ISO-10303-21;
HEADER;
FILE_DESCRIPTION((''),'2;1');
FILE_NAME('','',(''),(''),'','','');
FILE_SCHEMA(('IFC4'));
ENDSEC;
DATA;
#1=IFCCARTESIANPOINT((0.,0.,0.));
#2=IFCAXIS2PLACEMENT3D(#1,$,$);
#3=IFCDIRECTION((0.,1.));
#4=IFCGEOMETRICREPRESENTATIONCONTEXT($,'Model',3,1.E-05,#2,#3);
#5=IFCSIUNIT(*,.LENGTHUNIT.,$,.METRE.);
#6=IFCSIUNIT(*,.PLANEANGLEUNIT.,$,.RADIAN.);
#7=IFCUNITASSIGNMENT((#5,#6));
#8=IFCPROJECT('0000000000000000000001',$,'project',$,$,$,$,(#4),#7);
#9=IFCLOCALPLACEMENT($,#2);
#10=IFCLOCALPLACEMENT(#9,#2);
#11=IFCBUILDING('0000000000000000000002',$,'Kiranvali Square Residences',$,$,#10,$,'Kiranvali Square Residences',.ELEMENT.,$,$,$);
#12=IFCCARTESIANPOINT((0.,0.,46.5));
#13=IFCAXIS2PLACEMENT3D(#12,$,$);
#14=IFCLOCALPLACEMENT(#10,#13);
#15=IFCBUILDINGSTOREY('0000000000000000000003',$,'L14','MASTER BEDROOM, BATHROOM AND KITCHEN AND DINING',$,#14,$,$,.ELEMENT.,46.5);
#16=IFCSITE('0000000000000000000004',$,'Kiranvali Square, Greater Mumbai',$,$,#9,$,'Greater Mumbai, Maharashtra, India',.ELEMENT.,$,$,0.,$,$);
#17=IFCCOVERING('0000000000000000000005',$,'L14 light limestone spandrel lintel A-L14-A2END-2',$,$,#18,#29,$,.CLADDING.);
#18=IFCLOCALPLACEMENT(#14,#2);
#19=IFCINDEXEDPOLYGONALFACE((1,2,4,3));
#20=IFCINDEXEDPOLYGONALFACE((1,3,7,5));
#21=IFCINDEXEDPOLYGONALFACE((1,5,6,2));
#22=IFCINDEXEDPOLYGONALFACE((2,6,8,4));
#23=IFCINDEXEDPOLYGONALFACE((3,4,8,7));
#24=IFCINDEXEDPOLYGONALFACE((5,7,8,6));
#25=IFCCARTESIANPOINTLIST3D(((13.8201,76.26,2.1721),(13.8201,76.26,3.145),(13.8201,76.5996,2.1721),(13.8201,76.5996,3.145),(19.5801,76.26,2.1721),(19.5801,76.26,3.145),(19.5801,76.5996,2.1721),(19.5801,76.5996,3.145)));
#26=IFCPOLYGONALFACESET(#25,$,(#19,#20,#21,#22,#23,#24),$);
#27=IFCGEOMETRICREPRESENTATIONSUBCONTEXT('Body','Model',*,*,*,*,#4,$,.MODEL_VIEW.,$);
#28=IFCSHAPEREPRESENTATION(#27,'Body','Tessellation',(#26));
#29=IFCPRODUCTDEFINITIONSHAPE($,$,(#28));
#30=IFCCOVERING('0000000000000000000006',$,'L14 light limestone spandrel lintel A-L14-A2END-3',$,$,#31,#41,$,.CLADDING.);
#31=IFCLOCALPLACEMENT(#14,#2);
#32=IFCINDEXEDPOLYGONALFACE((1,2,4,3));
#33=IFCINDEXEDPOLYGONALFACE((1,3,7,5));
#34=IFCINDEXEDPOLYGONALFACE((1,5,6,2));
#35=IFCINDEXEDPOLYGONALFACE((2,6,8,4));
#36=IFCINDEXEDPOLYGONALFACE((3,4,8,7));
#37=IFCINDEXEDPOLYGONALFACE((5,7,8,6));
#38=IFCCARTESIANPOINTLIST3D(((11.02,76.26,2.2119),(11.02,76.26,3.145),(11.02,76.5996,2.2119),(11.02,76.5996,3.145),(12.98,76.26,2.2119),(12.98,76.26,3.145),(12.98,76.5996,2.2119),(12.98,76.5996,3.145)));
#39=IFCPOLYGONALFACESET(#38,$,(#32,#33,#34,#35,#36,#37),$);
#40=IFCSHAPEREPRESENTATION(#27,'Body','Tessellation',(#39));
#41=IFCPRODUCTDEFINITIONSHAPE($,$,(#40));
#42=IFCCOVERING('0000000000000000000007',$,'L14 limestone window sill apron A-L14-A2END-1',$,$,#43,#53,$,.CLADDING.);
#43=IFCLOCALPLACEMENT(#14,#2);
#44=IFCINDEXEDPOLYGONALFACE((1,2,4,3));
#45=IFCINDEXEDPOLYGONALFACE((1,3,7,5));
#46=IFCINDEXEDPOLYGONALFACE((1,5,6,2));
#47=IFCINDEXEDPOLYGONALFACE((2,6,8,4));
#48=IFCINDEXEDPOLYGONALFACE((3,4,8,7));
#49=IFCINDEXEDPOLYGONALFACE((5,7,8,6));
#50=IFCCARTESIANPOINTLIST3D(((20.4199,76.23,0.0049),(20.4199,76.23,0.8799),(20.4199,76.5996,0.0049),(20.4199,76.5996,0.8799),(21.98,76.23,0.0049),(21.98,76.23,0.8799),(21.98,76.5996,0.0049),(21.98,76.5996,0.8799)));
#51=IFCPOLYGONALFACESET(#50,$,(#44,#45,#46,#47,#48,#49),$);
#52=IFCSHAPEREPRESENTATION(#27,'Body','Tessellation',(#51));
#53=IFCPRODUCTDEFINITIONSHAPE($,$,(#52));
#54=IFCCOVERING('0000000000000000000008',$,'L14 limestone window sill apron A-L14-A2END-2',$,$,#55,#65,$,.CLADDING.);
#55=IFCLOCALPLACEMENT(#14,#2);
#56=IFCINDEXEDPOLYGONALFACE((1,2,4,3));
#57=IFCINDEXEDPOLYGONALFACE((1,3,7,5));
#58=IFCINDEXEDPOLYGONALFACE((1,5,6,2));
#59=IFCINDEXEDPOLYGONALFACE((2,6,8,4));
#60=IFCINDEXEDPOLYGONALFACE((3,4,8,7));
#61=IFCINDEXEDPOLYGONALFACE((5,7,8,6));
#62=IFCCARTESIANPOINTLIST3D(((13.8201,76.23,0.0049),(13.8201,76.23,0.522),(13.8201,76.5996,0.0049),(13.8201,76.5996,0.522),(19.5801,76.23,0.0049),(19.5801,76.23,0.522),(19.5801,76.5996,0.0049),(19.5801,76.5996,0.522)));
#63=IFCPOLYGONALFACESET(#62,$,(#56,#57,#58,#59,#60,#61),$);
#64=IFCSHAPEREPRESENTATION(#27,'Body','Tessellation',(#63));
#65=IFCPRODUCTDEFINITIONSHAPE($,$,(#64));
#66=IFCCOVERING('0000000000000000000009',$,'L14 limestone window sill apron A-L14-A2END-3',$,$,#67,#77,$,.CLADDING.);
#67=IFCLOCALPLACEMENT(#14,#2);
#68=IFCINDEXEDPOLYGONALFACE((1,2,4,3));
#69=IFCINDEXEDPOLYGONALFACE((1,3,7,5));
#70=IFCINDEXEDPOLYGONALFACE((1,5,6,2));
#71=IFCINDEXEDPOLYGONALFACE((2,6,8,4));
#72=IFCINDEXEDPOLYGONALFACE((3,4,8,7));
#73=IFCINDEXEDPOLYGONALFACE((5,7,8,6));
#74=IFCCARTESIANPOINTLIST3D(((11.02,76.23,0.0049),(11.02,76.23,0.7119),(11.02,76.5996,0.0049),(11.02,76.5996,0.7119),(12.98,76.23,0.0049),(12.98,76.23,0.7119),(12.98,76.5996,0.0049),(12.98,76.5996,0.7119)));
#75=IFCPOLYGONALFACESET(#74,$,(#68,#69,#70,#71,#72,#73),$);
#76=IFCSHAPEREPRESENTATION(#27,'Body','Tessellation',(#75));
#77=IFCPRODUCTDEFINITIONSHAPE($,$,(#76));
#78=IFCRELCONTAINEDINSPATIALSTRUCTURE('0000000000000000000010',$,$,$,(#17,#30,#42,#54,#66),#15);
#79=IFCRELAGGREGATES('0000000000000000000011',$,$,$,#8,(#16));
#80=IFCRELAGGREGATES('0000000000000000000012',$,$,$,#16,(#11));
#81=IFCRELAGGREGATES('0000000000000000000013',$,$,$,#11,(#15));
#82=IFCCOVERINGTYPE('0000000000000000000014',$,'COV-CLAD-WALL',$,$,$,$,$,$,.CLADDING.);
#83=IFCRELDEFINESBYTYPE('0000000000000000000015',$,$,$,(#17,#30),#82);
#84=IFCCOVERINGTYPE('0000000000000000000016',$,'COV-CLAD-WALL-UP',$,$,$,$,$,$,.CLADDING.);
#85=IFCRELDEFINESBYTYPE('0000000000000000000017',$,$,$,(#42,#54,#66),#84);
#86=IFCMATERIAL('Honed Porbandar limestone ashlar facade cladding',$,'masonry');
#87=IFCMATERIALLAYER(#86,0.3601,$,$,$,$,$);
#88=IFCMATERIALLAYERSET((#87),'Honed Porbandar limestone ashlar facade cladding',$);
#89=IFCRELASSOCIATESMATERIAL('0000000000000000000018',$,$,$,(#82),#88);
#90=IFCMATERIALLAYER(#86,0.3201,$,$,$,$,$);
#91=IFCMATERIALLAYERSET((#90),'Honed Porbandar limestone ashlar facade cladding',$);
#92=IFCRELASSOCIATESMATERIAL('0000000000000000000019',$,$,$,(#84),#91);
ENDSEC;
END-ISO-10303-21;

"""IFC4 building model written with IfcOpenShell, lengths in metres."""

from ifc_helpers import new_model, si_unit, direction, frame, origin, place, context, subcontext, project, spatial, polyline, outline, extrude, material, layer, layer_set, type_object, element, save


model = new_model("IFC4")

# Units and contexts
model_context = context("Model", 3, precision=1e-05, world=origin(), true_north=direction((0.0, 1.0)))
body_context = subcontext(model_context, "Body", "Model", "MODEL_VIEW")
ifc_project = project(units=[si_unit("LENGTHUNIT", "METRE"), si_unit("PLANEANGLEUNIT", "RADIAN")], contexts=[model_context])

# Site, building, storey
site_placement = place(None, origin())
site = spatial("IfcSite", under=ifc_project, at=site_placement, Name="Kiranvali Square, Greater Mumbai", LongName="Greater Mumbai, Maharashtra, India", CompositionType="ELEMENT", RefElevation=0.0)
building_placement = place(site_placement, origin())
building = spatial("IfcBuilding", under=site, at=building_placement, Name="Kiranvali Square Residences", LongName="Kiranvali Square Residences", CompositionType="ELEMENT")
storey_placement = place(building_placement, frame((0.0, 0.0, 46.5)))
storey = spatial("IfcBuildingStorey", under=building, at=storey_placement, Name="L14", Description="MASTER BEDROOM, BATHROOM AND KITCHEN AND DINING", CompositionType="ELEMENT", Elevation=46.5)

# Coverings
ifc_material_1 = material(Name="Honed Porbandar limestone ashlar facade cladding", Category="masonry")
ifc_layer_1 = layer(ifc_material_1, 0.3601)
ifc_layer_set_1 = layer_set([ifc_layer_1], Name="Honed Porbandar limestone ashlar facade cladding")
covering_type_1 = type_object("IfcCoveringType", Name="COV-CLAD-WALL", PredefinedType="CLADDING", material=ifc_layer_set_1)
covering_1_placement = place(storey_placement, frame((0.0, 0.0, 2.1721)))
element("IfcCovering", 1, at=covering_1_placement, inside=storey, type_object=covering_type_1, Name="L14 light limestone spandrel lintel A-L14-A2END-2", PredefinedType="CLADDING", context=body_context, shape_type="SweptSolid", body=[
    extrude(outline(polyline([(19.5801, 76.5996), (13.8201, 76.5996), (13.8201, 76.26), (19.5801, 76.26), (19.5801, 76.5996)])), origin(), (0.0, 0.0, 1.0), 0.9729),
])
covering_2_placement = place(storey_placement, frame((0.0, 0.0, 2.2119)))
element("IfcCovering", 2, at=covering_2_placement, inside=storey, type_object=covering_type_1, Name="L14 light limestone spandrel lintel A-L14-A2END-3", PredefinedType="CLADDING", context=body_context, shape_type="SweptSolid", body=[
    extrude(outline(polyline([(12.98, 76.5996), (11.02, 76.5996), (11.02, 76.26), (12.98, 76.26), (12.98, 76.5996)])), origin(), (0.0, 0.0, 1.0), 0.9331),
])
ifc_layer_2 = layer(ifc_material_1, 0.3201)
ifc_layer_set_2 = layer_set([ifc_layer_2], Name="Honed Porbandar limestone ashlar facade cladding")
covering_type_2 = type_object("IfcCoveringType", Name="COV-CLAD-WALL-UP", PredefinedType="CLADDING", material=ifc_layer_set_2)
covering_3_placement = place(storey_placement, frame((0.0, 0.0, 0.0049)))
element("IfcCovering", 3, at=covering_3_placement, inside=storey, type_object=covering_type_2, Name="L14 limestone window sill apron A-L14-A2END-1", PredefinedType="CLADDING", context=body_context, shape_type="SweptSolid", body=[
    extrude(outline(polyline([(21.98, 76.5996), (20.4199, 76.5996), (20.4199, 76.23), (21.98, 76.23), (21.98, 76.5996)])), origin(), (0.0, 0.0, 1.0), 0.875),
])
covering_4_placement = place(storey_placement, frame((0.0, 0.0, 0.0049)))
element("IfcCovering", 4, at=covering_4_placement, inside=storey, type_object=covering_type_2, Name="L14 limestone window sill apron A-L14-A2END-2", PredefinedType="CLADDING", context=body_context, shape_type="SweptSolid", body=[
    extrude(outline(polyline([(19.5801, 76.5996), (13.8201, 76.5996), (13.8201, 76.23), (19.5801, 76.23), (19.5801, 76.5996)])), origin(), (0.0, 0.0, 1.0), 0.5171),
])
covering_5_placement = place(storey_placement, frame((0.0, 0.0, 0.0049)))
element("IfcCovering", 5, at=covering_5_placement, inside=storey, type_object=covering_type_2, Name="L14 limestone window sill apron A-L14-A2END-3", PredefinedType="CLADDING", context=body_context, shape_type="SweptSolid", body=[
    extrude(outline(polyline([(12.98, 76.5996), (11.02, 76.5996), (11.02, 76.23), (12.98, 76.23), (12.98, 76.5996)])), origin(), (0.0, 0.0, 1.0), 0.707),
])

save(model, "model.ifc")
